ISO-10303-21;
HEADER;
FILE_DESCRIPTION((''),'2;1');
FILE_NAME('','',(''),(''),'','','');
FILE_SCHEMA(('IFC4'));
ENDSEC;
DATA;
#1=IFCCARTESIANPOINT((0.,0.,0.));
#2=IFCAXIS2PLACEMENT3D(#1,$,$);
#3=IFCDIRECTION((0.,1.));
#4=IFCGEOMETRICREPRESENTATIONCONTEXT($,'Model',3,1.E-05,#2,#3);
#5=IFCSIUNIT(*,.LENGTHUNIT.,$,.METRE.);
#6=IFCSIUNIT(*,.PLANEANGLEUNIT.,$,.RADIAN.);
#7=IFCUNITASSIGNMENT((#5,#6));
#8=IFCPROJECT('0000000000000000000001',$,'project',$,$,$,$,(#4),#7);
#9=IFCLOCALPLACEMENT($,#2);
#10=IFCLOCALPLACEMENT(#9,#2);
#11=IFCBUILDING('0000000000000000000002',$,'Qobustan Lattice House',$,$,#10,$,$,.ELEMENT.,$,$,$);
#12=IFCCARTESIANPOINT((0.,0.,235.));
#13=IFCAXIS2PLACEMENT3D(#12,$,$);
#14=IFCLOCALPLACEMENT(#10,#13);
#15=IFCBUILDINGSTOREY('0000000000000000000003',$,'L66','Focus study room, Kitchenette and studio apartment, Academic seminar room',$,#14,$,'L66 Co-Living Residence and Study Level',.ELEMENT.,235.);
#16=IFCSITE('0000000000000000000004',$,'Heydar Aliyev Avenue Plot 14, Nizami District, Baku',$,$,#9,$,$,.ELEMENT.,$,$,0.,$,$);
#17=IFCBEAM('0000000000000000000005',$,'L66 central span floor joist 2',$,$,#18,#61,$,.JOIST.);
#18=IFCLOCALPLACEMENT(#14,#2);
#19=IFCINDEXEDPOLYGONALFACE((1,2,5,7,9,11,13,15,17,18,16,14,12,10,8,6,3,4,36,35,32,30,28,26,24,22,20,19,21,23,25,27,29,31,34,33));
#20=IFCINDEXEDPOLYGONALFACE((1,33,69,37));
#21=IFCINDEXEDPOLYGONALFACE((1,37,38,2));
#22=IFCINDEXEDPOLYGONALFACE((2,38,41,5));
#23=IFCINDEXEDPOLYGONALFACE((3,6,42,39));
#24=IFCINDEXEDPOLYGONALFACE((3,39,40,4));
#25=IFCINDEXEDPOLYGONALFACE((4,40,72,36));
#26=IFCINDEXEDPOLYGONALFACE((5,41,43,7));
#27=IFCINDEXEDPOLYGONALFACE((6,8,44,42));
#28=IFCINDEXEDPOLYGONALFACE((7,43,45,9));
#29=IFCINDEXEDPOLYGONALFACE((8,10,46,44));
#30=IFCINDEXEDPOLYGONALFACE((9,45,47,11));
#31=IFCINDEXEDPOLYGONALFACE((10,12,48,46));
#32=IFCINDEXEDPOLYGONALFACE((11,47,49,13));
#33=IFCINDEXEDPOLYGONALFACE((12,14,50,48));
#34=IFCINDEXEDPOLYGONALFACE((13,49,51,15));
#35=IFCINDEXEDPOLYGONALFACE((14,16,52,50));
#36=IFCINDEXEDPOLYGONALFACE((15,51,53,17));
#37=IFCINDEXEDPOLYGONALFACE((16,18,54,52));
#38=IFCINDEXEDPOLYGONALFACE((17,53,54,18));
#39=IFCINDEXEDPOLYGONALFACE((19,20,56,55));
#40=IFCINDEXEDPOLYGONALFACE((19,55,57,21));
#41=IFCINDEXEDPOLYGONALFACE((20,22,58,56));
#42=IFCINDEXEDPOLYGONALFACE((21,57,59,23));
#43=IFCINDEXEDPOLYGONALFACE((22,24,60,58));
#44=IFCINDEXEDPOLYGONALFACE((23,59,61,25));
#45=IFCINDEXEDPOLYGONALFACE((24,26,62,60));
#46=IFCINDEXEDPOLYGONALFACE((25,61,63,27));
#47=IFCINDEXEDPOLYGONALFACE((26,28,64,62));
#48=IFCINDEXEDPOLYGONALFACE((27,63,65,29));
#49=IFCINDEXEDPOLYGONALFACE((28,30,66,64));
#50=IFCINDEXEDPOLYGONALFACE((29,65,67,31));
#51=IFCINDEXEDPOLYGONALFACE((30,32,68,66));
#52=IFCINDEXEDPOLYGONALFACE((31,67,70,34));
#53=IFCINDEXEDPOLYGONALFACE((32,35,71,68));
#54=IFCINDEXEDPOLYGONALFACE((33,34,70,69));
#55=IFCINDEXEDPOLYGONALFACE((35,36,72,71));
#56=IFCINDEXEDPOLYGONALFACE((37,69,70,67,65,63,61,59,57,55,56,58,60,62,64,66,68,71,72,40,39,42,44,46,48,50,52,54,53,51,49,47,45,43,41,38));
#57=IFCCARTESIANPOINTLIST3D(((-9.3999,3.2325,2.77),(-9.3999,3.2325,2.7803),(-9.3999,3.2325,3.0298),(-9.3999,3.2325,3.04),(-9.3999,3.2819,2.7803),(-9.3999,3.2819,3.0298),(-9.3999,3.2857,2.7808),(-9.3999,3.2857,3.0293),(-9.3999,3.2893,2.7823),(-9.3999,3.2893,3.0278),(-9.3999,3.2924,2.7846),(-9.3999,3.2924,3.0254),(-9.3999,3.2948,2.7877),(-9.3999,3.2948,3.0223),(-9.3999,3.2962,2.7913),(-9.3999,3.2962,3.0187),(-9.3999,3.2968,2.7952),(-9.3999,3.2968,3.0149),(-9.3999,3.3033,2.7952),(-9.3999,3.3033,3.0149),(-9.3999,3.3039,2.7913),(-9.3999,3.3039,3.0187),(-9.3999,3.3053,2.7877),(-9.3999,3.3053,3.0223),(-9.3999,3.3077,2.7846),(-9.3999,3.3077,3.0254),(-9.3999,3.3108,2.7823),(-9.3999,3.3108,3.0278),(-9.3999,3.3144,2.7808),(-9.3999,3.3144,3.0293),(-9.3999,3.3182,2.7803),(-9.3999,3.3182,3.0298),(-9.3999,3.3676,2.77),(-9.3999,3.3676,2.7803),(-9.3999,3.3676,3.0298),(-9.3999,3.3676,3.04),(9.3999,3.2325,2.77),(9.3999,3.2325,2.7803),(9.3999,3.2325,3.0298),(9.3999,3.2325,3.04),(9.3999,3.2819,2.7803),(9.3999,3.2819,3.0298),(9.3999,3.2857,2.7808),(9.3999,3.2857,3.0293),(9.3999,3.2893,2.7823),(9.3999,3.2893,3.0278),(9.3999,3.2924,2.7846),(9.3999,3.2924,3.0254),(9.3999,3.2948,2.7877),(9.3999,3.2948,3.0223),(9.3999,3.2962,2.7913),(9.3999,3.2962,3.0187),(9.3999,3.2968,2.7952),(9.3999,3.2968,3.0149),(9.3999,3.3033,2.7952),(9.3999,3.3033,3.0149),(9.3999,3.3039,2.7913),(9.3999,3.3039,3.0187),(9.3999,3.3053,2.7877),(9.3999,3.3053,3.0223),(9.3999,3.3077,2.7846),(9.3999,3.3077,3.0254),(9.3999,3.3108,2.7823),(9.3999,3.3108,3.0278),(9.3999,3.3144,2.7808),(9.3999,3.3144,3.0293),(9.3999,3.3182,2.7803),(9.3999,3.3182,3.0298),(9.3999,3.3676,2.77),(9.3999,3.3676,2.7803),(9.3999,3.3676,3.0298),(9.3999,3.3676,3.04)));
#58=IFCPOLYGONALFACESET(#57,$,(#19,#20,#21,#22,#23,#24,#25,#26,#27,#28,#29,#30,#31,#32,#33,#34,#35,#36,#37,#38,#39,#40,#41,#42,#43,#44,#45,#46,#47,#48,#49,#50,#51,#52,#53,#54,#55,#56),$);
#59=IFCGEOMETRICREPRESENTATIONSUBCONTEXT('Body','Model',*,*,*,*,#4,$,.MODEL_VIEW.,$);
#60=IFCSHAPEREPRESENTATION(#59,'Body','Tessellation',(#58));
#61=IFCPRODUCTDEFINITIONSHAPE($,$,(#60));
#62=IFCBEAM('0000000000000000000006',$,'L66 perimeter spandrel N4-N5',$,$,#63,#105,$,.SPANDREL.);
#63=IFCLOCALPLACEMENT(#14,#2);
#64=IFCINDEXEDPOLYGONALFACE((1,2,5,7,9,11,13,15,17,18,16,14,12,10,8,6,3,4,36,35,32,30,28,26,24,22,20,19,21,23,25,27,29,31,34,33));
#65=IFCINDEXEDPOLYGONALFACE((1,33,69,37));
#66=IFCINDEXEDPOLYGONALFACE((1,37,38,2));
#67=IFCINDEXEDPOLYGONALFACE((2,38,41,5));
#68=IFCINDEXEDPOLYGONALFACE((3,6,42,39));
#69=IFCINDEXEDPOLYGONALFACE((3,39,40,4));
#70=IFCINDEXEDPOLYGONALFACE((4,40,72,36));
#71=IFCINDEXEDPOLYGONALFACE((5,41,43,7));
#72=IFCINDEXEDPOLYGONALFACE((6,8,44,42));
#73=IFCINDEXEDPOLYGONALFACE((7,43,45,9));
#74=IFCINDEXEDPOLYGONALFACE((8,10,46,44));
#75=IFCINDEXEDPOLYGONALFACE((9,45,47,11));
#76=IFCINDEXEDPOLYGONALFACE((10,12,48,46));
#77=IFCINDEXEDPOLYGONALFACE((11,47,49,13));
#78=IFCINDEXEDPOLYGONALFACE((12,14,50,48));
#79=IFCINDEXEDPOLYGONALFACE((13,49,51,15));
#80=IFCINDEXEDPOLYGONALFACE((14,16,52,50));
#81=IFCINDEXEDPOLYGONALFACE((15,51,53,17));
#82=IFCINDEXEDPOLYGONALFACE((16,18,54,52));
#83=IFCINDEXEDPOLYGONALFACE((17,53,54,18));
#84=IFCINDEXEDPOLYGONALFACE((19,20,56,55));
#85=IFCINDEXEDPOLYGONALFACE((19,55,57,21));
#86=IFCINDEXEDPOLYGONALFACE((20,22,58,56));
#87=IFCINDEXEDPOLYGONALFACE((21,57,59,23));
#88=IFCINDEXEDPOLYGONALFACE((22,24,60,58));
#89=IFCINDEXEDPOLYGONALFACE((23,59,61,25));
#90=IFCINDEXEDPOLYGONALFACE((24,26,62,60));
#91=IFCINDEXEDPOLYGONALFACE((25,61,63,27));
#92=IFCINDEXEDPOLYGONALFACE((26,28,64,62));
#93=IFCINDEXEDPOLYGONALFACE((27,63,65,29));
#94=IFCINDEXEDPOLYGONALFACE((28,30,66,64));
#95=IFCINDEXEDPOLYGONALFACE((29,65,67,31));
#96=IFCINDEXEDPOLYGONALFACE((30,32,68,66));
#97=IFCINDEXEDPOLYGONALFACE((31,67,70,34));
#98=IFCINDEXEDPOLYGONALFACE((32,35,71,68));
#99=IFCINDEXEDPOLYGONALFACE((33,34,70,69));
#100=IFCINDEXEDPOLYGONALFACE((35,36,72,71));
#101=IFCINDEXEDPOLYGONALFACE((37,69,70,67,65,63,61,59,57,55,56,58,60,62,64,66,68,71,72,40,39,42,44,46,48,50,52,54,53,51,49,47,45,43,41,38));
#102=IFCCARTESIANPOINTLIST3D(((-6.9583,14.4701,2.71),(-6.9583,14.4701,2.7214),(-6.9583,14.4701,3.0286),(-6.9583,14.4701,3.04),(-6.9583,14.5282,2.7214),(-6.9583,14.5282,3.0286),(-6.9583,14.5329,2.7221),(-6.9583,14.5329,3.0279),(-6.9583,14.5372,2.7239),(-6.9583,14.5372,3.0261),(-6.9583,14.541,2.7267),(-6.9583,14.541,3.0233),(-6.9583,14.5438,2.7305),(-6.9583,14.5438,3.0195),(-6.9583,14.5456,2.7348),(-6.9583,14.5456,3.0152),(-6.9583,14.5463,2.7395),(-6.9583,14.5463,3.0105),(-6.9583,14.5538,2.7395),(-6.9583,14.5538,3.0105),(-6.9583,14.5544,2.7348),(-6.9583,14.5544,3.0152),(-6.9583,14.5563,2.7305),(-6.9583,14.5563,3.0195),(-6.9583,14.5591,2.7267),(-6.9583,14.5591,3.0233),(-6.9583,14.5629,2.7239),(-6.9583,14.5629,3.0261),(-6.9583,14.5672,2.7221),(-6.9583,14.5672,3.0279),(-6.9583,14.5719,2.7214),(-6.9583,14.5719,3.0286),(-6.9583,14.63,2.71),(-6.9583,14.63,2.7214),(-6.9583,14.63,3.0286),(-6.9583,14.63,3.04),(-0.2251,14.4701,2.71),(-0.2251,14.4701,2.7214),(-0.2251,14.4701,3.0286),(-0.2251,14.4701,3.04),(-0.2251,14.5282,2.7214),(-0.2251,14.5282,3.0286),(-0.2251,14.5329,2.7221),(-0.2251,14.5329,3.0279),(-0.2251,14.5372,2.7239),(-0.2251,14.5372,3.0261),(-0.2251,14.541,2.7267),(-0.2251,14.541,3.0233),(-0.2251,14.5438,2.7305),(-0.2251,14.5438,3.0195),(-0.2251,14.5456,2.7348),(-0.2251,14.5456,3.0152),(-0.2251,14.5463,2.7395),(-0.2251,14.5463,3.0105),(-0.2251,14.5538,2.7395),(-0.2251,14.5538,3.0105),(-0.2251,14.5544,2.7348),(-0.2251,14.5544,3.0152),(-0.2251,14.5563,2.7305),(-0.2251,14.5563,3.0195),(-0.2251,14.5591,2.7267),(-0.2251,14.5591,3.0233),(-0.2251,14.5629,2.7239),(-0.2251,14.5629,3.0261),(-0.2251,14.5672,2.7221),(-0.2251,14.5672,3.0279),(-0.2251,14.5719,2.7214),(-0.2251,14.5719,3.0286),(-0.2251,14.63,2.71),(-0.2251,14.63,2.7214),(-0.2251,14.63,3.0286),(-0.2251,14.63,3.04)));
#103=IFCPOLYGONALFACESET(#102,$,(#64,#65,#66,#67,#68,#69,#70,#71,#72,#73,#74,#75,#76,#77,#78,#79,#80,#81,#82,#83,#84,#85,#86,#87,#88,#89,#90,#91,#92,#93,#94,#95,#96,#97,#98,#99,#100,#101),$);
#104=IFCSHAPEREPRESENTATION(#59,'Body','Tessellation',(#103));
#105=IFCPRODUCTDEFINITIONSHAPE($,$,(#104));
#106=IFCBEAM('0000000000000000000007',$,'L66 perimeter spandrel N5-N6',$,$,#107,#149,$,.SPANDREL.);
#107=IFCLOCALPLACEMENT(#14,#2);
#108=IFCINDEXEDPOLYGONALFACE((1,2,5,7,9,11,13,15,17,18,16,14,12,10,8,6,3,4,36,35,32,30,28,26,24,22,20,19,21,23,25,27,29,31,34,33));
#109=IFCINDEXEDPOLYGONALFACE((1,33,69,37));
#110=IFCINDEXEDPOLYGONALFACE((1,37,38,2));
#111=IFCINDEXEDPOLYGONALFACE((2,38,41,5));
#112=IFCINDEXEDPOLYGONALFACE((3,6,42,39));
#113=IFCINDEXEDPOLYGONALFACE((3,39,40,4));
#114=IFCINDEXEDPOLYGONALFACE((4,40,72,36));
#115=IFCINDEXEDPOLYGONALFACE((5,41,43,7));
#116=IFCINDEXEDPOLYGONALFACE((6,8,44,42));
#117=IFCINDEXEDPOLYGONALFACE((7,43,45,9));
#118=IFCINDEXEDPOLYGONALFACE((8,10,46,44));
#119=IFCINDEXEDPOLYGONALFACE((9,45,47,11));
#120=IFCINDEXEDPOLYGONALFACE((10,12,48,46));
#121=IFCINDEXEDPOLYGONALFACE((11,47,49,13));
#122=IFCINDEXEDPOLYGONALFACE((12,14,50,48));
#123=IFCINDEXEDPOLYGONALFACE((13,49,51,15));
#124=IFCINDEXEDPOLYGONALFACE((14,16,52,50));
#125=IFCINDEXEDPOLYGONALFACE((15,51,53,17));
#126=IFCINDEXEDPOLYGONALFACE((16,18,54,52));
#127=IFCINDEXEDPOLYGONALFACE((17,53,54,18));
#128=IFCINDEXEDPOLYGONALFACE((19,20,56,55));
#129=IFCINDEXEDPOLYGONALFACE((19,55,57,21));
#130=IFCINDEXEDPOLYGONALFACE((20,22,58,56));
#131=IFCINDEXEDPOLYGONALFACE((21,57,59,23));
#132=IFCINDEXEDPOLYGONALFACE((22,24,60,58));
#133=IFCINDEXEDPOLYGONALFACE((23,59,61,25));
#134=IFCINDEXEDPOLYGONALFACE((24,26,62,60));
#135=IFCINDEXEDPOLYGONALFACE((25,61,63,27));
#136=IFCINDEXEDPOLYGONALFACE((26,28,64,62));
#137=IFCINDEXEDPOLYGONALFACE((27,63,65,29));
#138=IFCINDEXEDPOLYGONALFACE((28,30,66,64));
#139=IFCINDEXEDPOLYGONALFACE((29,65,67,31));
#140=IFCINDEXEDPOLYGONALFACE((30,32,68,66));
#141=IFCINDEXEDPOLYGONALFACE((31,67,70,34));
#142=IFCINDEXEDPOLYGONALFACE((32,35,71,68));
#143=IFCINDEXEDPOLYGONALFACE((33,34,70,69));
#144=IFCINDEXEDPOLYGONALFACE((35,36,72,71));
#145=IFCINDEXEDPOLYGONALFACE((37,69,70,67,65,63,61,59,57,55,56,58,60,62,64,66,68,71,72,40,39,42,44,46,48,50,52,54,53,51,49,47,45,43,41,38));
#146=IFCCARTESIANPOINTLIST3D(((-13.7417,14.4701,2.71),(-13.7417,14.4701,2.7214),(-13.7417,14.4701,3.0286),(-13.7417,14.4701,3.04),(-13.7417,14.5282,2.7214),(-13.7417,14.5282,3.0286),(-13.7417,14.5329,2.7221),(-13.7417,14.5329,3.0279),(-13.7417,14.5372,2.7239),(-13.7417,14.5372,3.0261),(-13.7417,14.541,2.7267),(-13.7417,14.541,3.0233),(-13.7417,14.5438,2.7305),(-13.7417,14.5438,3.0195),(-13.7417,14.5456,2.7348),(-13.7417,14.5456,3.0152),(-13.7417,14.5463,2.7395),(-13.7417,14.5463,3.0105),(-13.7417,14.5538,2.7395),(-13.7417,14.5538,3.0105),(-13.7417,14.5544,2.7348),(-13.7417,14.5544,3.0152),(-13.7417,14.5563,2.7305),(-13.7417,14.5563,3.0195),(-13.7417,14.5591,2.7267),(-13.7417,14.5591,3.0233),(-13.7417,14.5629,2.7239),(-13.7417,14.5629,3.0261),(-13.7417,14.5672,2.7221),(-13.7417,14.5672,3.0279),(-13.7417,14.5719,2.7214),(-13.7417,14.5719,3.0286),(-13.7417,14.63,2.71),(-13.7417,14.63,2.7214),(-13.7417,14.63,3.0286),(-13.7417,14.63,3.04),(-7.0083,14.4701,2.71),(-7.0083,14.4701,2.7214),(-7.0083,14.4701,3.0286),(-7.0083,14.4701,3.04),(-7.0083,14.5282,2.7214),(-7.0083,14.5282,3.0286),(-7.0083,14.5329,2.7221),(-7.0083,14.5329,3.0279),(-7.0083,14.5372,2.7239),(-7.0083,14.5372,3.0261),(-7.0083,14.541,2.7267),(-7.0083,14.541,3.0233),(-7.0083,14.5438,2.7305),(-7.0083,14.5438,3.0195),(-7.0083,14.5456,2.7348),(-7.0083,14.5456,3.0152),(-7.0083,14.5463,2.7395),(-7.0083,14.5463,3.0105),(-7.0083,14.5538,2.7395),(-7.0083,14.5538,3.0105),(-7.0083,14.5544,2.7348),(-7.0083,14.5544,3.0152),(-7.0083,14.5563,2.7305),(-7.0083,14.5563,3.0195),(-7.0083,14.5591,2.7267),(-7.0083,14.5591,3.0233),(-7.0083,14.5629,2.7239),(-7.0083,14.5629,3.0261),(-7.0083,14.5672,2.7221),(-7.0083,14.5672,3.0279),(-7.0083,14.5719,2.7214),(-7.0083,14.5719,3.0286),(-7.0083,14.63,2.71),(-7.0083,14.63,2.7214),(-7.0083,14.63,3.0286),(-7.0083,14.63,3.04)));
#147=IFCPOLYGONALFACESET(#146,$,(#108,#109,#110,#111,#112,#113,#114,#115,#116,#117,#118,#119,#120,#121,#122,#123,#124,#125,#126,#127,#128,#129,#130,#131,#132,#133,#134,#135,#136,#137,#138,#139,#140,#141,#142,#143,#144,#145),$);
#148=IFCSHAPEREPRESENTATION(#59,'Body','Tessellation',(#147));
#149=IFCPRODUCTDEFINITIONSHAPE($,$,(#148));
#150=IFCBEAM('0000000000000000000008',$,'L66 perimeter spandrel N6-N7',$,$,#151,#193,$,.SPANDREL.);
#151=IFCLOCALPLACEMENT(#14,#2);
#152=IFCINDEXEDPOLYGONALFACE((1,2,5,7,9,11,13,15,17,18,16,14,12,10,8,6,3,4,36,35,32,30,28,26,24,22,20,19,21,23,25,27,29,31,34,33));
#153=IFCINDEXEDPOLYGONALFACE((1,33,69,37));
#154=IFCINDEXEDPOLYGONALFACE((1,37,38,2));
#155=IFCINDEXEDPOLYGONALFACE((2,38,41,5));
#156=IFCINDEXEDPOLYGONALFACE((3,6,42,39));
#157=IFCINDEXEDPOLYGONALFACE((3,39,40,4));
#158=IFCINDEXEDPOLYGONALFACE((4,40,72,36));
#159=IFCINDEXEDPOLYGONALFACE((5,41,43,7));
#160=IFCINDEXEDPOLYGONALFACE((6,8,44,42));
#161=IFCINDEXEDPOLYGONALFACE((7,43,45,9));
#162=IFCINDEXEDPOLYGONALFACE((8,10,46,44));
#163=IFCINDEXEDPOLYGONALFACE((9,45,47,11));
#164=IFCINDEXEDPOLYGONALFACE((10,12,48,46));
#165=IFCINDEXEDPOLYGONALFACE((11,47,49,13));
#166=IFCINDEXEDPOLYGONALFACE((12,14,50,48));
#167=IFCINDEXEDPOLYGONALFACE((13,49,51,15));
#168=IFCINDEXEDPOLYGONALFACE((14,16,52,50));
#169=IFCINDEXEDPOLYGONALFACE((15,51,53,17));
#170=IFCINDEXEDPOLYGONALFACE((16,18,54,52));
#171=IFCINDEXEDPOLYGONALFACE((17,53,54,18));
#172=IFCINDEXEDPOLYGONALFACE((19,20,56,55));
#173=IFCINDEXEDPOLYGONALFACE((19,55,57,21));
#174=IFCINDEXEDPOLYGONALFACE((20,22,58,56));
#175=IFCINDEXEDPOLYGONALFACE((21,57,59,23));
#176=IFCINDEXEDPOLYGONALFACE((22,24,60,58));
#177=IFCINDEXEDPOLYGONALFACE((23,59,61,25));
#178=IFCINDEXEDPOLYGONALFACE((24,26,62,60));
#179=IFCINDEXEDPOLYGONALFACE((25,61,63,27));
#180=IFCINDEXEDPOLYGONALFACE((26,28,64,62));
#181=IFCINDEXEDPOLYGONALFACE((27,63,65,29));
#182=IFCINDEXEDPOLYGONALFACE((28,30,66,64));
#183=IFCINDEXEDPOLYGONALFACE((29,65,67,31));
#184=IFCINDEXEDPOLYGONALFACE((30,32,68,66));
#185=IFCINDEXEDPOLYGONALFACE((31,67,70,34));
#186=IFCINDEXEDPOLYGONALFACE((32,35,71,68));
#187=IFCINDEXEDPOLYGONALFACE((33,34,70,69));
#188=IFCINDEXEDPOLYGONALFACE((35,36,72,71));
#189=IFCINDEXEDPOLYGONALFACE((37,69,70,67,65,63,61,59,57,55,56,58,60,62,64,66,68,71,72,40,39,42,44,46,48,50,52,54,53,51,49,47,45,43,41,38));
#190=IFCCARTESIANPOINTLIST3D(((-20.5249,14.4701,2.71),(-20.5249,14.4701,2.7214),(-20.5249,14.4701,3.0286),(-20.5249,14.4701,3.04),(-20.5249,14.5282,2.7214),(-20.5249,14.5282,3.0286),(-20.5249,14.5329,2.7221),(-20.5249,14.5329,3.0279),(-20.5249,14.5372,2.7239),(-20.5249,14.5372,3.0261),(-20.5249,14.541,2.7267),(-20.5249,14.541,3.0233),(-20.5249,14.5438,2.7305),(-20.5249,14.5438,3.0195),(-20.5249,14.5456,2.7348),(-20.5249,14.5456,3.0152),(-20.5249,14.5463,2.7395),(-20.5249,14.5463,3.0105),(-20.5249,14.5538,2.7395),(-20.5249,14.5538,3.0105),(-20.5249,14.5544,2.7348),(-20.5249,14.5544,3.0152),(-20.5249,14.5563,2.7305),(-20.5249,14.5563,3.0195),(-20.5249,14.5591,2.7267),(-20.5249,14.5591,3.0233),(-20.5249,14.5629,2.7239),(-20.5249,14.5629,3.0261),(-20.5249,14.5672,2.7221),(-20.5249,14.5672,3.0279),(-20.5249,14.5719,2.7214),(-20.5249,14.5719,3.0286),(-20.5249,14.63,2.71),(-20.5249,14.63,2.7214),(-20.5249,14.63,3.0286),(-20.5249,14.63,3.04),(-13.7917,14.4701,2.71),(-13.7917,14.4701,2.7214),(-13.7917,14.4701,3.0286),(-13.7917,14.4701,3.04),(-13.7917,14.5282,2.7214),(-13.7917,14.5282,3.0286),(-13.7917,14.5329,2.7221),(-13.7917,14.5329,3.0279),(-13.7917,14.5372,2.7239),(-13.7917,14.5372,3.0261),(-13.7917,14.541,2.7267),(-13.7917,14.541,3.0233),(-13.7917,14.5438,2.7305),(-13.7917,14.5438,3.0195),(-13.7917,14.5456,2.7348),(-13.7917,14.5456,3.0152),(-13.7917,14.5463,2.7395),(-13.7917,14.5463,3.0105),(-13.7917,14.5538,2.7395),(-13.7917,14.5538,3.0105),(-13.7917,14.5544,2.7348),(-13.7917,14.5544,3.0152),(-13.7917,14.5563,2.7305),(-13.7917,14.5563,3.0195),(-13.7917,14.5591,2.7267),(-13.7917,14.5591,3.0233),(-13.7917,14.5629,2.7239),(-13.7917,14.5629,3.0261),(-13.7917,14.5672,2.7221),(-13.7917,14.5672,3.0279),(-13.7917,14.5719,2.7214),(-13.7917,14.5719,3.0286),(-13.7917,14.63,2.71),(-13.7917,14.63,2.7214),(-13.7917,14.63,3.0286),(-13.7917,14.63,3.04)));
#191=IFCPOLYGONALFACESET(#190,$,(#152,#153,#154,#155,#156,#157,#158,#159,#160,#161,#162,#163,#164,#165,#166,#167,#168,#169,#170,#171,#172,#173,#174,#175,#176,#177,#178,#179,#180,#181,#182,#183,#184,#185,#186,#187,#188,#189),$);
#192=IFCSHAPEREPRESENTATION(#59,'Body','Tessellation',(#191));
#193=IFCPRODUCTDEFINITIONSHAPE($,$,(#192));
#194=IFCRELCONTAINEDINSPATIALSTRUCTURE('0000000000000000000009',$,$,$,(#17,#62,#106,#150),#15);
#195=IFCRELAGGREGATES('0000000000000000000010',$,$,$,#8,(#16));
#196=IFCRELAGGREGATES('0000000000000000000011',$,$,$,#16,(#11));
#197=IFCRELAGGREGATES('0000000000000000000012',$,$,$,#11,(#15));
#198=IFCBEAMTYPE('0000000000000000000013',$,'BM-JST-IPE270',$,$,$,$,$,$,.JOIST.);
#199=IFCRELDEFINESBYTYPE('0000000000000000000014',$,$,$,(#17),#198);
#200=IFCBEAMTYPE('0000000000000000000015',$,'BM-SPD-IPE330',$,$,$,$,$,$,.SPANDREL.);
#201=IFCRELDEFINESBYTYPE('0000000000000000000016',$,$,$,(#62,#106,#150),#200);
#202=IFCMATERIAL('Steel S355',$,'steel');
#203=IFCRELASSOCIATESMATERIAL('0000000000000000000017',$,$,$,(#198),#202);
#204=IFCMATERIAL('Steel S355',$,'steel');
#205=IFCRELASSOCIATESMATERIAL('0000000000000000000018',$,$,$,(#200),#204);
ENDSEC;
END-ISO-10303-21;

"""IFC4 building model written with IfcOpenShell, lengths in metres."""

from ifc_helpers import new_model, si_unit, direction, frame, origin, origin_2d, place, context, subcontext, project, spatial, i_section, extrude, material, material_profile, profile_set, type_object, element, save


model = new_model("IFC4")

# Units and contexts
model_context = context("Model", 3, precision=1e-05, world=origin(), true_north=direction((0.0, 1.0)))
body_context = subcontext(model_context, "Body", "Model", "MODEL_VIEW")
ifc_project = project(units=[si_unit("LENGTHUNIT", "METRE"), si_unit("PLANEANGLEUNIT", "RADIAN")], contexts=[model_context])

# Site, building, storey
site_placement = place(None, origin())
site = spatial("IfcSite", under=ifc_project, at=site_placement, Name="Heydar Aliyev Avenue Plot 14, Nizami District, Baku", CompositionType="ELEMENT", RefElevation=0.0)
building_placement = place(site_placement, origin())
building = spatial("IfcBuilding", under=site, at=building_placement, Name="Qobustan Lattice House", CompositionType="ELEMENT")
storey_placement = place(building_placement, frame((0.0, 0.0, 235.0)))
storey = spatial("IfcBuildingStorey", under=building, at=storey_placement, Name="L66", Description="Focus study room, Kitchenette and studio apartment, Academic seminar room", LongName="L66 Co-Living Residence and Study Level", CompositionType="ELEMENT", Elevation=235.0)

# Beams
ifc_material_1 = material(Name="Steel S355", Category="steel")
ifc_material_profile_1 = material_profile(ifc_material_1, i_section(OverallWidth=0.135, OverallDepth=0.27, WebThickness=0.0066, FlangeThickness=0.0103, FilletRadius=0.0149, at=origin_2d()), Name="IPE270")
ifc_profile_set_1 = profile_set([ifc_material_profile_1], Name="Steel S355")
beam_type_1 = type_object("IfcBeamType", Name="BM-JST-IPE270", PredefinedType="JOIST", material=ifc_profile_set_1)
beam_1_placement = place(storey_placement, frame((-9.3999, 3.3, 2.905), z_axis=(1.0, 0.0, 0.0), x_axis=(0.0, 1.0, 0.0)))
element("IfcBeam", 1, at=beam_1_placement, inside=storey, type_object=beam_type_1, Name="L66 central span floor joist 2", PredefinedType="JOIST", context=body_context, shape_type="SweptSolid", body=[
    extrude(i_section(OverallWidth=0.135, OverallDepth=0.27, WebThickness=0.0066, FlangeThickness=0.0103, FilletRadius=0.0149, at=origin_2d()), origin(), (0.0, 0.0, 1.0), 18.7998),
])
ifc_material_2 = material(Name="Steel S355", Category="steel")
ifc_material_profile_2 = material_profile(ifc_material_2, i_section(OverallWidth=0.1599, OverallDepth=0.3301, WebThickness=0.0076, FlangeThickness=0.0115, FilletRadius=0.0181, at=origin_2d()), Name="IPE330")
ifc_profile_set_2 = profile_set([ifc_material_profile_2], Name="Steel S355")
beam_type_2 = type_object("IfcBeamType", Name="BM-SPD-IPE330", PredefinedType="SPANDREL", material=ifc_profile_set_2)
beam_2_placement = place(storey_placement, frame((-0.2251, 14.55, 2.875), z_axis=(-1.0, 0.0, 0.0), x_axis=(0.0, -1.0, 0.0)))
element("IfcBeam", 2, at=beam_2_placement, inside=storey, type_object=beam_type_2, Name="L66 perimeter spandrel N4-N5", PredefinedType="SPANDREL", context=body_context, shape_type="SweptSolid", body=[
    extrude(i_section(OverallWidth=0.1599, OverallDepth=0.3301, WebThickness=0.0076, FlangeThickness=0.0115, FilletRadius=0.0181, at=origin_2d()), origin(), (0.0, 0.0, 1.0), 6.7332),
])
beam_3_placement = place(storey_placement, frame((-7.0083, 14.55, 2.875), z_axis=(-1.0, 0.0, 0.0), x_axis=(0.0, -1.0, 0.0)))
element("IfcBeam", 3, at=beam_3_placement, inside=storey, type_object=beam_type_2, Name="L66 perimeter spandrel N5-N6", PredefinedType="SPANDREL", context=body_context, shape_type="SweptSolid", body=[
    extrude(i_section(OverallWidth=0.1599, OverallDepth=0.3301, WebThickness=0.0076, FlangeThickness=0.0115, FilletRadius=0.0181, at=origin_2d()), origin(), (0.0, 0.0, 1.0), 6.7334),
])
beam_4_placement = place(storey_placement, frame((-13.7917, 14.55, 2.875), z_axis=(-1.0, 0.0, 0.0), x_axis=(0.0, -1.0, 0.0)))
element("IfcBeam", 4, at=beam_4_placement, inside=storey, type_object=beam_type_2, Name="L66 perimeter spandrel N6-N7", PredefinedType="SPANDREL", context=body_context, shape_type="SweptSolid", body=[
    extrude(i_section(OverallWidth=0.1599, OverallDepth=0.3301, WebThickness=0.0076, FlangeThickness=0.0115, FilletRadius=0.0181, at=origin_2d()), origin(), (0.0, 0.0, 1.0), 6.7332),
])

save(model, "model.ifc")
